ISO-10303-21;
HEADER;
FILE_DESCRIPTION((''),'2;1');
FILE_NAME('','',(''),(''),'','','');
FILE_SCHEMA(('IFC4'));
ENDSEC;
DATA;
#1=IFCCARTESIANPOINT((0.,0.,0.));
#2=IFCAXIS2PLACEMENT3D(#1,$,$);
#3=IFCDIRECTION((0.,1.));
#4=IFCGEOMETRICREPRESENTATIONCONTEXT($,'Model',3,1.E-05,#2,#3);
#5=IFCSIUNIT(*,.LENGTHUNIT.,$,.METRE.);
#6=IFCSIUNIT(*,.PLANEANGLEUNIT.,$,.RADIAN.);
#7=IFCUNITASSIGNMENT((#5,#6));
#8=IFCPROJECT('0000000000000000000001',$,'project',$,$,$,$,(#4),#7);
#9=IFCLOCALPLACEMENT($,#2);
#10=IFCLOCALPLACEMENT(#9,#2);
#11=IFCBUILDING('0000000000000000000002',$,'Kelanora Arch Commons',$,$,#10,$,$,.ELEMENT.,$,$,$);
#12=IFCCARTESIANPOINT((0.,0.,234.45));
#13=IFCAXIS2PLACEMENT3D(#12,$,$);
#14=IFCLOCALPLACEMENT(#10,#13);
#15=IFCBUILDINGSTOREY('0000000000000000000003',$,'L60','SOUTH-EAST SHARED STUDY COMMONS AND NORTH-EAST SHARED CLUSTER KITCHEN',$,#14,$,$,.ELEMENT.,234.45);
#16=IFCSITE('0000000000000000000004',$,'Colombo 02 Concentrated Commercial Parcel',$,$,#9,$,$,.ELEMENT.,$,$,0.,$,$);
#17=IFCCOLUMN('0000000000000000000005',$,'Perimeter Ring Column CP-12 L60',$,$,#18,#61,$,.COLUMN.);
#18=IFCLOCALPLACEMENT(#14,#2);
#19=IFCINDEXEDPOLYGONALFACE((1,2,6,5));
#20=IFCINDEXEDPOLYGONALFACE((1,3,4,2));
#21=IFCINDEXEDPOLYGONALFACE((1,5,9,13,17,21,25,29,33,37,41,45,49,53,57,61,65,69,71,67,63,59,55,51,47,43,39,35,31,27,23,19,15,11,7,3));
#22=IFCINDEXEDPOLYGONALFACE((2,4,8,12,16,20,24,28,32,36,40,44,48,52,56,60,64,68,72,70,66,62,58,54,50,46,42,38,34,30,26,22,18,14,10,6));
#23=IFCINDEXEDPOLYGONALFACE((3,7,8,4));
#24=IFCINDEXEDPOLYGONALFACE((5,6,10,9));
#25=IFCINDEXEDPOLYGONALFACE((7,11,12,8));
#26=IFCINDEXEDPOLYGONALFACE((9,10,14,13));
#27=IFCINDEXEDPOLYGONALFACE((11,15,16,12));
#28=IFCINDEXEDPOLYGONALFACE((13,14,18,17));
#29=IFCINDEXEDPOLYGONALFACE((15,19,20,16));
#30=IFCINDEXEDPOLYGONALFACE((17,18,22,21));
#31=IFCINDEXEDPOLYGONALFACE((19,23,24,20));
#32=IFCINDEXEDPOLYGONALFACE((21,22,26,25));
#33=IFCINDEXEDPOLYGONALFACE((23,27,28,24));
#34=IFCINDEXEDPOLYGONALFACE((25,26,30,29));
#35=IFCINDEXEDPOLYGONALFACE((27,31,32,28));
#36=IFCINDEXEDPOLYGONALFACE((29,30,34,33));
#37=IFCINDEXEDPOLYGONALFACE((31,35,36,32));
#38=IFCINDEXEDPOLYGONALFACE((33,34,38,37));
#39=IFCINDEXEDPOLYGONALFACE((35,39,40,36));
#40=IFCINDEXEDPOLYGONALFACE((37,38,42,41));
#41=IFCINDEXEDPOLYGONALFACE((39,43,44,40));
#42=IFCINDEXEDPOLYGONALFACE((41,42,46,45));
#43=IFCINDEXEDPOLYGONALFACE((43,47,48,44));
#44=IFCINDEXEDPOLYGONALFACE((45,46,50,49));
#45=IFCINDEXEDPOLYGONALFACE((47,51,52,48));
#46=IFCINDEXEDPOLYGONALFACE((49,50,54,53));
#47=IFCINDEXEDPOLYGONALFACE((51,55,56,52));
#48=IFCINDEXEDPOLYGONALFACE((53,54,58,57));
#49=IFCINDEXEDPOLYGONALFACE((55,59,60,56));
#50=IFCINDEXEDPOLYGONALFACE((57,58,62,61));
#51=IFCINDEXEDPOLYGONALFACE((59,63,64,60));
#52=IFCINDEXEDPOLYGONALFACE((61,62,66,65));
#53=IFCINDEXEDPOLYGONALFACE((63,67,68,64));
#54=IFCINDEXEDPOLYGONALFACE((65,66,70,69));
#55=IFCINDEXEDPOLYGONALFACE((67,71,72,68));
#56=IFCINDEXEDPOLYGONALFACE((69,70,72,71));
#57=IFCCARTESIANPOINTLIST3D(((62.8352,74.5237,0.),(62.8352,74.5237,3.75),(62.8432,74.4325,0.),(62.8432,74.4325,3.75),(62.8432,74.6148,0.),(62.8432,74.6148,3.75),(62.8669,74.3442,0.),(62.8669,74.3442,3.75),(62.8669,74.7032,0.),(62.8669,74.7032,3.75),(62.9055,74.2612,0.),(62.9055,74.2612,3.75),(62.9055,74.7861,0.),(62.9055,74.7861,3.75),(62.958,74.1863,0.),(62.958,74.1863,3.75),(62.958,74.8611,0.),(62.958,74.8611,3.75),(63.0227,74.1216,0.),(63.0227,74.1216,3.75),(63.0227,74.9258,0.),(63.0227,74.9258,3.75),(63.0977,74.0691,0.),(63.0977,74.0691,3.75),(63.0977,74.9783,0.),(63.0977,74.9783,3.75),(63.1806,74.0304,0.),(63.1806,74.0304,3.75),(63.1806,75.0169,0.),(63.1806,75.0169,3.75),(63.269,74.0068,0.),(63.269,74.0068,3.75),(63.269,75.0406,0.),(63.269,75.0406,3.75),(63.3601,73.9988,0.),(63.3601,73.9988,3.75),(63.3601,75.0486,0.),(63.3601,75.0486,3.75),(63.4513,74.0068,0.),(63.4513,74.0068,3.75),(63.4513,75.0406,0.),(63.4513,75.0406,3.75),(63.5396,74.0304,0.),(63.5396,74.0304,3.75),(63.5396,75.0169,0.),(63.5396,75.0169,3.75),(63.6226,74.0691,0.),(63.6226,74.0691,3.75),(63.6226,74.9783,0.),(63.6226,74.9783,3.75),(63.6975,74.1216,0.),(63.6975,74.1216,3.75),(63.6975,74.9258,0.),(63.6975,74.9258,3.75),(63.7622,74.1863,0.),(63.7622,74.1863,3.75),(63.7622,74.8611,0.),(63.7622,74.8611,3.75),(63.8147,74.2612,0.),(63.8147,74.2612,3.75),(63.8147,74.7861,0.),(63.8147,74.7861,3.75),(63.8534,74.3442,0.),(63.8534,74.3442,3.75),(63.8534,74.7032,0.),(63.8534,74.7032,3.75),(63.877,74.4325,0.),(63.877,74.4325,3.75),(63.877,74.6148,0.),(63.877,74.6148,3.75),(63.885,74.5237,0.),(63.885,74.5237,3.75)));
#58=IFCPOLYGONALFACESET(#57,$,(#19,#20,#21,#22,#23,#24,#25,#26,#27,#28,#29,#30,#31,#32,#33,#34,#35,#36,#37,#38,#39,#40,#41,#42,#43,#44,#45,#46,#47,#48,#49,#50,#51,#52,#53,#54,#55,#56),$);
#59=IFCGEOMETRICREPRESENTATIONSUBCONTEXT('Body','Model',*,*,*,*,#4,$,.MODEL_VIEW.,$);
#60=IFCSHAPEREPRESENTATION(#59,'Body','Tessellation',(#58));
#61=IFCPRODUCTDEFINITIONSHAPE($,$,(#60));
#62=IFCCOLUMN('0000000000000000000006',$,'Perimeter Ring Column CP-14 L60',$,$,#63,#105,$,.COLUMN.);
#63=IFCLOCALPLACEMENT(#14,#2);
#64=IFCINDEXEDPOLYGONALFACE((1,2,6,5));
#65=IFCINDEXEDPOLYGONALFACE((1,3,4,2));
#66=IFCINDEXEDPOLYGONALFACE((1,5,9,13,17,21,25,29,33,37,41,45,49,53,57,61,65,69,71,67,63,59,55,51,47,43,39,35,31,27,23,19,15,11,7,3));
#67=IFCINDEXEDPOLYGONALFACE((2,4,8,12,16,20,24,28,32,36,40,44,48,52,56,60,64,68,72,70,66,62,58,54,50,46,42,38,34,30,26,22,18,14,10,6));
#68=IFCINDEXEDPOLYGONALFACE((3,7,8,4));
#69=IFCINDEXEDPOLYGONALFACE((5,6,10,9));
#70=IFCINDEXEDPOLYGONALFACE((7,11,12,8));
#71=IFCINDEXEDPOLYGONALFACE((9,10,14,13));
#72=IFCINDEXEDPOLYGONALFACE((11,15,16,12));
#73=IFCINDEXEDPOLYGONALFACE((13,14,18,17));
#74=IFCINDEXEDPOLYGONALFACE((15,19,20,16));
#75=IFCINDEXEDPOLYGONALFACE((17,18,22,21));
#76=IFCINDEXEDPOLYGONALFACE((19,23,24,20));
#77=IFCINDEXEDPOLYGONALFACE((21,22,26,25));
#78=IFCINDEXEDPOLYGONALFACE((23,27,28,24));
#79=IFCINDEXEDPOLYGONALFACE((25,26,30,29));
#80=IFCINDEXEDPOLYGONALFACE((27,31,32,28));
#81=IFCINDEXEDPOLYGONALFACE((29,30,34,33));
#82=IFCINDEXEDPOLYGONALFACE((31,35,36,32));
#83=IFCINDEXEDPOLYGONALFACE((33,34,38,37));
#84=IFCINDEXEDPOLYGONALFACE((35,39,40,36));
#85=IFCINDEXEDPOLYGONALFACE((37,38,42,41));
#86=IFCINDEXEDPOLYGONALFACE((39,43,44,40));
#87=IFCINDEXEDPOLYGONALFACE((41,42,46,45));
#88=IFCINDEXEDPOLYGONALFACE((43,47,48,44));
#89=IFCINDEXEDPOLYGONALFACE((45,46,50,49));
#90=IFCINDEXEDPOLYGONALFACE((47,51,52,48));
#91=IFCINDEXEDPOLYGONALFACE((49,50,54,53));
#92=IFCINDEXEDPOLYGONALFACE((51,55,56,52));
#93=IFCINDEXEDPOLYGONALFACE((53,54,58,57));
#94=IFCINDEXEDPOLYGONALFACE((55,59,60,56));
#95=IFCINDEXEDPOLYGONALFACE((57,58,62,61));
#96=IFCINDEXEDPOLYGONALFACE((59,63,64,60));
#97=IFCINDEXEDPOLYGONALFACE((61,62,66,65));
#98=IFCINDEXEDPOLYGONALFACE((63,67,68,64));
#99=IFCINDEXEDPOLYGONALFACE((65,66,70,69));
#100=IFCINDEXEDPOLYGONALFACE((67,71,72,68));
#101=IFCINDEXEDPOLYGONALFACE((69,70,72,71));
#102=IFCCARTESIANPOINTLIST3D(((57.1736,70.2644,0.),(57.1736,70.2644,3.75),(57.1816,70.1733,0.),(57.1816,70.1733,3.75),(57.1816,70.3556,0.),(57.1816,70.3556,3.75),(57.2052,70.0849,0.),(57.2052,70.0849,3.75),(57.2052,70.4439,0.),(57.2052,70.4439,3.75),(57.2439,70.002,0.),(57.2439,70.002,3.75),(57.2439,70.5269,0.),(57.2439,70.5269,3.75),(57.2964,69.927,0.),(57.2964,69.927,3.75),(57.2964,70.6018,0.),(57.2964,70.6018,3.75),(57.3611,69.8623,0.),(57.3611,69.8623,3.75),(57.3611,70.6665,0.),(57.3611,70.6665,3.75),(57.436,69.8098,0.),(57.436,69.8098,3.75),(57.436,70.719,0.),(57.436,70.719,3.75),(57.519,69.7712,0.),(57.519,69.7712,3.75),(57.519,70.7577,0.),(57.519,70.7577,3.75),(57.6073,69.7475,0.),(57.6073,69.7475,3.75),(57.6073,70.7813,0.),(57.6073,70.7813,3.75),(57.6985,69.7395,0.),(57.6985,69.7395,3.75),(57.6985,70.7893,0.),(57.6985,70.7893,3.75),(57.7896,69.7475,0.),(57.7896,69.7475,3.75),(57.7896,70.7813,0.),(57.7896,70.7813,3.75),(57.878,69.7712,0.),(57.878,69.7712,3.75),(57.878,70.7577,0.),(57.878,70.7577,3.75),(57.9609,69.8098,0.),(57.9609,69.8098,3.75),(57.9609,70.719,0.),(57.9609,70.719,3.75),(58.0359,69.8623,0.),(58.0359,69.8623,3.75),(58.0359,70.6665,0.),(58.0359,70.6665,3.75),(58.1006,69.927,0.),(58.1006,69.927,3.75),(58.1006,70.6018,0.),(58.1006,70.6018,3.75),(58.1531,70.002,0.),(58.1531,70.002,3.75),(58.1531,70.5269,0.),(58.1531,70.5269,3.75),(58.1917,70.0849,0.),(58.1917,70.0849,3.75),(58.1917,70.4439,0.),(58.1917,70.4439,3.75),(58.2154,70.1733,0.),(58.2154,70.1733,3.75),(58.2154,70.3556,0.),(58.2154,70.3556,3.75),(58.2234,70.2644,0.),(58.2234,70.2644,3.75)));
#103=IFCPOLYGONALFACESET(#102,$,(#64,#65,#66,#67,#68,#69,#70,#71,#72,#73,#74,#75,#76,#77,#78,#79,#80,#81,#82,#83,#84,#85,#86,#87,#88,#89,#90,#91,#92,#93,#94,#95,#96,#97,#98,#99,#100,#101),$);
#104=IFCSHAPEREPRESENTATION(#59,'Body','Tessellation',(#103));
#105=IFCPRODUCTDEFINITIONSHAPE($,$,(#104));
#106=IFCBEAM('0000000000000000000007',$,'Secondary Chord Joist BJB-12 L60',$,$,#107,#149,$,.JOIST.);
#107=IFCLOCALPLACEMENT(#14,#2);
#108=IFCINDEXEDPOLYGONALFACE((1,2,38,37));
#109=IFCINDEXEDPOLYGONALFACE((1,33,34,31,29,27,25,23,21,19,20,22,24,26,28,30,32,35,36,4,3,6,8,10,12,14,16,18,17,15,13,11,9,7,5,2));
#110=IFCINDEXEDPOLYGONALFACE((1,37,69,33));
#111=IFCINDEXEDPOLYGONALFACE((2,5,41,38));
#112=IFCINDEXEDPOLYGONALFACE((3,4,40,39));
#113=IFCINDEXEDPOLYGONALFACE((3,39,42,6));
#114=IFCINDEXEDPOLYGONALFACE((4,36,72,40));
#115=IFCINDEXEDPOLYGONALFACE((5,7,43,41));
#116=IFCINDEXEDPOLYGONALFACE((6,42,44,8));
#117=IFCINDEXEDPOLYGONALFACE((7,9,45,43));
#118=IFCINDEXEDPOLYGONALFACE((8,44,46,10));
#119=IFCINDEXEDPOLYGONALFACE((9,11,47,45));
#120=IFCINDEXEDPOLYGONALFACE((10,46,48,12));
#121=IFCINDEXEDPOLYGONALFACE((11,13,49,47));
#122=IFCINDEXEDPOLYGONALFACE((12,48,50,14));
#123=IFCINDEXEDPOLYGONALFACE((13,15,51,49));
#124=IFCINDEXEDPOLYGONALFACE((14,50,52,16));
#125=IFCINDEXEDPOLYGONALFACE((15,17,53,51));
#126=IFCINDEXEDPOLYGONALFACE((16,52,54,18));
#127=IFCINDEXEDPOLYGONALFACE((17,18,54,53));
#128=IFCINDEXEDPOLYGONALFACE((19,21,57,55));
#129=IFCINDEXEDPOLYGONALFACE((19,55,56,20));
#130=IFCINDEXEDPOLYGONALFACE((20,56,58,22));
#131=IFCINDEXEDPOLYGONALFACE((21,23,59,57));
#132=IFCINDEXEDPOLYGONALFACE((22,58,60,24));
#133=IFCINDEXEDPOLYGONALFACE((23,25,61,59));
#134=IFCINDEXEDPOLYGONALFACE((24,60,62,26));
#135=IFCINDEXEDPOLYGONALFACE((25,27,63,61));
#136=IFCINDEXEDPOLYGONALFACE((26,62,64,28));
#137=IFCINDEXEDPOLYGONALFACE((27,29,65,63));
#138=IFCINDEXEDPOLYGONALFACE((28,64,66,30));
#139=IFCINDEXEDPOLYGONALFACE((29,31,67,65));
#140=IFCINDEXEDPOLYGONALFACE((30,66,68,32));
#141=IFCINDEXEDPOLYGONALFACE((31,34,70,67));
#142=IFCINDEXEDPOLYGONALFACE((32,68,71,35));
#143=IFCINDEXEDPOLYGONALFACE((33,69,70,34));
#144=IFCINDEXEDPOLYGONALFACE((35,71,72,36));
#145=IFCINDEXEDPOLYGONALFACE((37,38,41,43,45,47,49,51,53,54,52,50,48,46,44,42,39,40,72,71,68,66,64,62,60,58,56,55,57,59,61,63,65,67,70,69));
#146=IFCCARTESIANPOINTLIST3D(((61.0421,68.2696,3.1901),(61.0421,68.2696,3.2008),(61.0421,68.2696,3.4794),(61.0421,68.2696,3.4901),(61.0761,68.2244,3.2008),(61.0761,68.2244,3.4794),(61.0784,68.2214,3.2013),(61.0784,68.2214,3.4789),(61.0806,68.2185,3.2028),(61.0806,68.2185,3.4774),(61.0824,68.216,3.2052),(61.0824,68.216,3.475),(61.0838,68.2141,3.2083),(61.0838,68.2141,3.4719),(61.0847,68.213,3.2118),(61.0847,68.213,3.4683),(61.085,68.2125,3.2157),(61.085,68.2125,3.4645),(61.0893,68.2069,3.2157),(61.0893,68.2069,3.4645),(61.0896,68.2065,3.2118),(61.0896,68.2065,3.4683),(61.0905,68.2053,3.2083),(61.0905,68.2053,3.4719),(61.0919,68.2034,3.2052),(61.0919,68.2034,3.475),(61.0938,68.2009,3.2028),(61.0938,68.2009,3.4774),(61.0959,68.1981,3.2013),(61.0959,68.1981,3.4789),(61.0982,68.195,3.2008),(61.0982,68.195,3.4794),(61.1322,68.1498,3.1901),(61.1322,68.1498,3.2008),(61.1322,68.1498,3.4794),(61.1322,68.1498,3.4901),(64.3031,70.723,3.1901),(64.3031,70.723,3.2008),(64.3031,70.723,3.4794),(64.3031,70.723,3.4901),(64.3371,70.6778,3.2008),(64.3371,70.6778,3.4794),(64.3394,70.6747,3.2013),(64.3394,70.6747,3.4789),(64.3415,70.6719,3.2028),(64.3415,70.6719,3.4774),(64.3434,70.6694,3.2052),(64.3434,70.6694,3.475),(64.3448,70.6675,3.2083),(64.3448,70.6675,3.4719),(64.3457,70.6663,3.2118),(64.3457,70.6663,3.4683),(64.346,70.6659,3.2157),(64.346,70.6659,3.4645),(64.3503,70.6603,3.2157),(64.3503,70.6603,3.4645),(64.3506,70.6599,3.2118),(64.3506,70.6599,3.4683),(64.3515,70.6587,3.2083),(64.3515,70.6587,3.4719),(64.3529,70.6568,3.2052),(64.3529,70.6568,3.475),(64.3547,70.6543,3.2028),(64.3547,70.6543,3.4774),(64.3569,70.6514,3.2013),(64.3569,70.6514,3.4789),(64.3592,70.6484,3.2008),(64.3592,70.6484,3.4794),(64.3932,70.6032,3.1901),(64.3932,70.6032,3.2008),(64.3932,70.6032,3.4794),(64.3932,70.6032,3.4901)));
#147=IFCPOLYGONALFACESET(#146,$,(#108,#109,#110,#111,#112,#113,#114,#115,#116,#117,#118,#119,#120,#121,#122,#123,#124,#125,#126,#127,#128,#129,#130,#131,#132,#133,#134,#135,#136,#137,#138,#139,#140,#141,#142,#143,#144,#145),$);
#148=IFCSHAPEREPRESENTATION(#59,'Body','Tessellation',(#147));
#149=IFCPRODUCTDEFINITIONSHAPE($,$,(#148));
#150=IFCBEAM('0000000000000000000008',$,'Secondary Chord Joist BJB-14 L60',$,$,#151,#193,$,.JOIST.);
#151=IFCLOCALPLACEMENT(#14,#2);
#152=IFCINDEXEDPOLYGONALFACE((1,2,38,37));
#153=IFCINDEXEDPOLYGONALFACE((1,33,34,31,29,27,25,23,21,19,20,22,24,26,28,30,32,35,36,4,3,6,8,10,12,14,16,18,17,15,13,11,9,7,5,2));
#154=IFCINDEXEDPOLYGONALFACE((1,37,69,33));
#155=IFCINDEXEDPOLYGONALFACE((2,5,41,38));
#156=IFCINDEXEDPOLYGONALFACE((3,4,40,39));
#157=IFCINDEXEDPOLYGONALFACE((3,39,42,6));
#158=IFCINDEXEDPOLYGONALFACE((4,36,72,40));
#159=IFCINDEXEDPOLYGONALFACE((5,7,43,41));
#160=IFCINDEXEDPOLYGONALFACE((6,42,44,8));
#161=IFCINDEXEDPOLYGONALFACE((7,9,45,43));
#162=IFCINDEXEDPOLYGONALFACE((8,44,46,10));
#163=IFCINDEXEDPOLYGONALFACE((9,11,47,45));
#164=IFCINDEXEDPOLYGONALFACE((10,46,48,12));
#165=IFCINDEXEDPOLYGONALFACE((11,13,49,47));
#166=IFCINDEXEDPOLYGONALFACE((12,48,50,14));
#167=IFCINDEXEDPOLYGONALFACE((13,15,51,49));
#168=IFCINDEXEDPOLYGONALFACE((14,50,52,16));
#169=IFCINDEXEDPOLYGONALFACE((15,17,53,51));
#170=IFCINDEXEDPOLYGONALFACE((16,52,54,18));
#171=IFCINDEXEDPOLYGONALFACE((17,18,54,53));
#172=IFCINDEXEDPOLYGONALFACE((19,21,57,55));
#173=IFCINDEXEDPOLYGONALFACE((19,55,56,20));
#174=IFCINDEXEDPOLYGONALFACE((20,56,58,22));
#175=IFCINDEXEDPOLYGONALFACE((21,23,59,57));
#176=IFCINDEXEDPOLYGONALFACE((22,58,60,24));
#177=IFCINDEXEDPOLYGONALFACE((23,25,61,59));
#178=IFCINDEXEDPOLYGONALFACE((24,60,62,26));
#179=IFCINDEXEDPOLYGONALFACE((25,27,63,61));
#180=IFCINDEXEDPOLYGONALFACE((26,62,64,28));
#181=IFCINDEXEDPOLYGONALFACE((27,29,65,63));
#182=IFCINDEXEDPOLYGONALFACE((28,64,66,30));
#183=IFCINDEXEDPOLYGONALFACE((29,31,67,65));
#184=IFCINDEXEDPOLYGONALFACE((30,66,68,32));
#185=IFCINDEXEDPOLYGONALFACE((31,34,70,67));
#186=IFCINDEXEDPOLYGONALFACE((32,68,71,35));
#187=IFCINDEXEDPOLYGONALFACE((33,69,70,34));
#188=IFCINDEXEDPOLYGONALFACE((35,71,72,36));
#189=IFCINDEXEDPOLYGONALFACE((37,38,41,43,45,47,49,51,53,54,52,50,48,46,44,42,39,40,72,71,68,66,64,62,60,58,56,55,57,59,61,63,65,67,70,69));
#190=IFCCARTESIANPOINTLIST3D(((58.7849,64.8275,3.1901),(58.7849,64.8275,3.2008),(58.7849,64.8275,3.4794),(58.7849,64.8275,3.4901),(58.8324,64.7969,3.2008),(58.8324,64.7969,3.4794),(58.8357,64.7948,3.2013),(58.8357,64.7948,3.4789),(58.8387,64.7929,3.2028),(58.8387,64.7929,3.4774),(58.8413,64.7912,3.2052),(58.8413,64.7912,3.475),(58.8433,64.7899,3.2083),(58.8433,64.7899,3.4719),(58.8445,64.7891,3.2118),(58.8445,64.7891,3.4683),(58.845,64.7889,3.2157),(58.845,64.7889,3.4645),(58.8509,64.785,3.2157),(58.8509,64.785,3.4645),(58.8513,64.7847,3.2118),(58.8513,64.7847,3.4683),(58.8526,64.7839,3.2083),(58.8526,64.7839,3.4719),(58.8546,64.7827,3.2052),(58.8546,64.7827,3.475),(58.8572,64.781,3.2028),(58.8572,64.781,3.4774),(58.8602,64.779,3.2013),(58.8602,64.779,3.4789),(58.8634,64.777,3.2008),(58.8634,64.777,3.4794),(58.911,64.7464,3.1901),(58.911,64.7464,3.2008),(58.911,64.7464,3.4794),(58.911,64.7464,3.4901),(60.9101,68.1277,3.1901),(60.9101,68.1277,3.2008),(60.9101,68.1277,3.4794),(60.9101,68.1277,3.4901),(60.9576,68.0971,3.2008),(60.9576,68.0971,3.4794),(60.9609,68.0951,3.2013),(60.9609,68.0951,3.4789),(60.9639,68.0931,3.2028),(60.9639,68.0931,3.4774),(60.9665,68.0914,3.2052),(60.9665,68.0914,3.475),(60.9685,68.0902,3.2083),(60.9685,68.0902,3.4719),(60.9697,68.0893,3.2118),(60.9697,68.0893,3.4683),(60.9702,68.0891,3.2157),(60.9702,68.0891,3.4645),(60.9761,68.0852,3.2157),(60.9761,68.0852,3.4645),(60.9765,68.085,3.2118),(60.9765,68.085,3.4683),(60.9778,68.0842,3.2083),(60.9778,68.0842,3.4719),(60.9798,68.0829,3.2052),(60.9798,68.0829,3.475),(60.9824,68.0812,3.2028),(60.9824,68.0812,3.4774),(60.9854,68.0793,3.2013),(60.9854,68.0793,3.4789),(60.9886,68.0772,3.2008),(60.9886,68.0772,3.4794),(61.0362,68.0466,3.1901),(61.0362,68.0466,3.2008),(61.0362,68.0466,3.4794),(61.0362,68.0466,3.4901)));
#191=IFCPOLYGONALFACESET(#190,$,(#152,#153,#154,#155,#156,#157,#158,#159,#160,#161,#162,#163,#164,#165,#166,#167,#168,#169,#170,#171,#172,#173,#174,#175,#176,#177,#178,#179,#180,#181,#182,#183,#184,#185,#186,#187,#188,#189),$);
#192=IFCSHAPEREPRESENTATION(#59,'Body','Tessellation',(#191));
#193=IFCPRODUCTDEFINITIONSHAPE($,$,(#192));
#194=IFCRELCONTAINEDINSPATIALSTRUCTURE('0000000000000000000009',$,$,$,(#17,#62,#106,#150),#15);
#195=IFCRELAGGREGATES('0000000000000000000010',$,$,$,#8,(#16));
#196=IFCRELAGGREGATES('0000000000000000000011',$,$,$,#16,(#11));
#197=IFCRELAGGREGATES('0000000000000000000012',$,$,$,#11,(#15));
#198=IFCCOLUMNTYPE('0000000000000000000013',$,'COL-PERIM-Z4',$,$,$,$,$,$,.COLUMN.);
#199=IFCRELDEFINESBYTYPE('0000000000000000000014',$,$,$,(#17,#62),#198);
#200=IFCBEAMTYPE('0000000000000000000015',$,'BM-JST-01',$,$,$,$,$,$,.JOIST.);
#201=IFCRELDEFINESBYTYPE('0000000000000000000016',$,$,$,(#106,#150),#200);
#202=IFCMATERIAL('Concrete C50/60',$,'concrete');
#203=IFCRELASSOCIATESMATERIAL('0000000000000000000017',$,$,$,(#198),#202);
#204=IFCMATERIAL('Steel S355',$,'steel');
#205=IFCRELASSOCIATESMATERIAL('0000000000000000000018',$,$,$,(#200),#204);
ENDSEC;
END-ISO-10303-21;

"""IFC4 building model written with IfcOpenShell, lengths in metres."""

from ifc_helpers import new_model, si_unit, direction, frame, origin, origin_2d, place, context, subcontext, project, spatial, circle, i_section, extrude, material, material_profile, profile_set, type_object, element, save


model = new_model("IFC4")

# Units and contexts
model_context = context("Model", 3, precision=1e-05, world=origin(), true_north=direction((0.0, 1.0)))
body_context = subcontext(model_context, "Body", "Model", "MODEL_VIEW")
ifc_project = project(units=[si_unit("LENGTHUNIT", "METRE"), si_unit("PLANEANGLEUNIT", "RADIAN")], contexts=[model_context])

# Site, building, storey
site_placement = place(None, origin())
site = spatial("IfcSite", under=ifc_project, at=site_placement, Name="Colombo 02 Concentrated Commercial Parcel", CompositionType="ELEMENT", RefElevation=0.0)
building_placement = place(site_placement, origin())
building = spatial("IfcBuilding", under=site, at=building_placement, Name="Kelanora Arch Commons", CompositionType="ELEMENT")
storey_placement = place(building_placement, frame((0.0, 0.0, 234.45)))
storey = spatial("IfcBuildingStorey", under=building, at=storey_placement, Name="L60", Description="SOUTH-EAST SHARED STUDY COMMONS AND NORTH-EAST SHARED CLUSTER KITCHEN", CompositionType="ELEMENT", Elevation=234.45)

# Columns
ifc_material_1 = material(Name="Concrete C50/60", Category="concrete")
ifc_material_profile_1 = material_profile(ifc_material_1, circle(Radius=0.5249, at=origin_2d()), Name="RCC1050")
ifc_profile_set_1 = profile_set([ifc_material_profile_1], Name="Concrete C50/60")
column_type = type_object("IfcColumnType", Name="COL-PERIM-Z4", PredefinedType="COLUMN", material=ifc_profile_set_1)
for number, where, z_axis, x_axis, name in (
    (1, (63.3601, 74.5237, 0.0), (0.0, 0.0, 1.0), (1.0, 0.0, 0.0), "Perimeter Ring Column CP-12 L60"),
    (2, (57.6985, 70.2644, 0.0), (0.0, 0.0, 1.0), (1.0, 0.0, 0.0), "Perimeter Ring Column CP-14 L60"),
):
    element("IfcColumn", number, at=place(storey_placement, frame(where, z_axis=z_axis, x_axis=x_axis)), inside=storey, type_object=column_type, Name=name, PredefinedType="COLUMN", context=body_context, shape_type="SweptSolid", body=[
        extrude(circle(Radius=0.5249, at=origin_2d()), origin(), (0.0, 0.0, 1.0), 3.75),
    ])

# Beams
ifc_material_2 = material(Name="Steel S355", Category="steel")
ifc_material_profile_2 = material_profile(ifc_material_2, i_section(OverallWidth=0.1499, OverallDepth=0.3, WebThickness=0.0071, FlangeThickness=0.0107, FilletRadius=0.0149, at=origin_2d()), Name="IPE300")
ifc_profile_set_2 = profile_set([ifc_material_profile_2], Name="Steel S355")
beam_type_1 = type_object("IfcBeamType", Name="BM-JST-01", PredefinedType="JOIST", material=ifc_profile_set_2)
beam_1_placement = place(storey_placement, frame((64.3481, 70.6631, 3.3401), z_axis=(-0.799102, -0.601196, 0.0), x_axis=(0.601196, -0.799102, 0.0)))
element("IfcBeam", 3, at=beam_1_placement, inside=storey, type_object=beam_type_1, Name="Secondary Chord Joist BJB-12 L60", PredefinedType="JOIST", context=body_context, shape_type="SweptSolid", body=[
    extrude(i_section(OverallWidth=0.1499, OverallDepth=0.3, WebThickness=0.0071, FlangeThickness=0.0107, FilletRadius=0.0149, at=origin_2d()), origin(), (0.0, 0.0, 1.0), 4.0808),
])
beam_2_placement = place(storey_placement, frame((60.9731, 68.0872, 3.3401), z_axis=(-0.541411, -0.840758, 0.0), x_axis=(0.840758, -0.541411, 0.0)))
element("IfcBeam", 4, at=beam_2_placement, inside=storey, type_object=beam_type_1, Name="Secondary Chord Joist BJB-14 L60", PredefinedType="JOIST", context=body_context, shape_type="SweptSolid", body=[
    extrude(i_section(OverallWidth=0.1499, OverallDepth=0.3, WebThickness=0.0071, FlangeThickness=0.0107, FilletRadius=0.0149, at=origin_2d()), origin(), (0.0, 0.0, 1.0), 3.9253),
])

save(model, "model.ifc")
